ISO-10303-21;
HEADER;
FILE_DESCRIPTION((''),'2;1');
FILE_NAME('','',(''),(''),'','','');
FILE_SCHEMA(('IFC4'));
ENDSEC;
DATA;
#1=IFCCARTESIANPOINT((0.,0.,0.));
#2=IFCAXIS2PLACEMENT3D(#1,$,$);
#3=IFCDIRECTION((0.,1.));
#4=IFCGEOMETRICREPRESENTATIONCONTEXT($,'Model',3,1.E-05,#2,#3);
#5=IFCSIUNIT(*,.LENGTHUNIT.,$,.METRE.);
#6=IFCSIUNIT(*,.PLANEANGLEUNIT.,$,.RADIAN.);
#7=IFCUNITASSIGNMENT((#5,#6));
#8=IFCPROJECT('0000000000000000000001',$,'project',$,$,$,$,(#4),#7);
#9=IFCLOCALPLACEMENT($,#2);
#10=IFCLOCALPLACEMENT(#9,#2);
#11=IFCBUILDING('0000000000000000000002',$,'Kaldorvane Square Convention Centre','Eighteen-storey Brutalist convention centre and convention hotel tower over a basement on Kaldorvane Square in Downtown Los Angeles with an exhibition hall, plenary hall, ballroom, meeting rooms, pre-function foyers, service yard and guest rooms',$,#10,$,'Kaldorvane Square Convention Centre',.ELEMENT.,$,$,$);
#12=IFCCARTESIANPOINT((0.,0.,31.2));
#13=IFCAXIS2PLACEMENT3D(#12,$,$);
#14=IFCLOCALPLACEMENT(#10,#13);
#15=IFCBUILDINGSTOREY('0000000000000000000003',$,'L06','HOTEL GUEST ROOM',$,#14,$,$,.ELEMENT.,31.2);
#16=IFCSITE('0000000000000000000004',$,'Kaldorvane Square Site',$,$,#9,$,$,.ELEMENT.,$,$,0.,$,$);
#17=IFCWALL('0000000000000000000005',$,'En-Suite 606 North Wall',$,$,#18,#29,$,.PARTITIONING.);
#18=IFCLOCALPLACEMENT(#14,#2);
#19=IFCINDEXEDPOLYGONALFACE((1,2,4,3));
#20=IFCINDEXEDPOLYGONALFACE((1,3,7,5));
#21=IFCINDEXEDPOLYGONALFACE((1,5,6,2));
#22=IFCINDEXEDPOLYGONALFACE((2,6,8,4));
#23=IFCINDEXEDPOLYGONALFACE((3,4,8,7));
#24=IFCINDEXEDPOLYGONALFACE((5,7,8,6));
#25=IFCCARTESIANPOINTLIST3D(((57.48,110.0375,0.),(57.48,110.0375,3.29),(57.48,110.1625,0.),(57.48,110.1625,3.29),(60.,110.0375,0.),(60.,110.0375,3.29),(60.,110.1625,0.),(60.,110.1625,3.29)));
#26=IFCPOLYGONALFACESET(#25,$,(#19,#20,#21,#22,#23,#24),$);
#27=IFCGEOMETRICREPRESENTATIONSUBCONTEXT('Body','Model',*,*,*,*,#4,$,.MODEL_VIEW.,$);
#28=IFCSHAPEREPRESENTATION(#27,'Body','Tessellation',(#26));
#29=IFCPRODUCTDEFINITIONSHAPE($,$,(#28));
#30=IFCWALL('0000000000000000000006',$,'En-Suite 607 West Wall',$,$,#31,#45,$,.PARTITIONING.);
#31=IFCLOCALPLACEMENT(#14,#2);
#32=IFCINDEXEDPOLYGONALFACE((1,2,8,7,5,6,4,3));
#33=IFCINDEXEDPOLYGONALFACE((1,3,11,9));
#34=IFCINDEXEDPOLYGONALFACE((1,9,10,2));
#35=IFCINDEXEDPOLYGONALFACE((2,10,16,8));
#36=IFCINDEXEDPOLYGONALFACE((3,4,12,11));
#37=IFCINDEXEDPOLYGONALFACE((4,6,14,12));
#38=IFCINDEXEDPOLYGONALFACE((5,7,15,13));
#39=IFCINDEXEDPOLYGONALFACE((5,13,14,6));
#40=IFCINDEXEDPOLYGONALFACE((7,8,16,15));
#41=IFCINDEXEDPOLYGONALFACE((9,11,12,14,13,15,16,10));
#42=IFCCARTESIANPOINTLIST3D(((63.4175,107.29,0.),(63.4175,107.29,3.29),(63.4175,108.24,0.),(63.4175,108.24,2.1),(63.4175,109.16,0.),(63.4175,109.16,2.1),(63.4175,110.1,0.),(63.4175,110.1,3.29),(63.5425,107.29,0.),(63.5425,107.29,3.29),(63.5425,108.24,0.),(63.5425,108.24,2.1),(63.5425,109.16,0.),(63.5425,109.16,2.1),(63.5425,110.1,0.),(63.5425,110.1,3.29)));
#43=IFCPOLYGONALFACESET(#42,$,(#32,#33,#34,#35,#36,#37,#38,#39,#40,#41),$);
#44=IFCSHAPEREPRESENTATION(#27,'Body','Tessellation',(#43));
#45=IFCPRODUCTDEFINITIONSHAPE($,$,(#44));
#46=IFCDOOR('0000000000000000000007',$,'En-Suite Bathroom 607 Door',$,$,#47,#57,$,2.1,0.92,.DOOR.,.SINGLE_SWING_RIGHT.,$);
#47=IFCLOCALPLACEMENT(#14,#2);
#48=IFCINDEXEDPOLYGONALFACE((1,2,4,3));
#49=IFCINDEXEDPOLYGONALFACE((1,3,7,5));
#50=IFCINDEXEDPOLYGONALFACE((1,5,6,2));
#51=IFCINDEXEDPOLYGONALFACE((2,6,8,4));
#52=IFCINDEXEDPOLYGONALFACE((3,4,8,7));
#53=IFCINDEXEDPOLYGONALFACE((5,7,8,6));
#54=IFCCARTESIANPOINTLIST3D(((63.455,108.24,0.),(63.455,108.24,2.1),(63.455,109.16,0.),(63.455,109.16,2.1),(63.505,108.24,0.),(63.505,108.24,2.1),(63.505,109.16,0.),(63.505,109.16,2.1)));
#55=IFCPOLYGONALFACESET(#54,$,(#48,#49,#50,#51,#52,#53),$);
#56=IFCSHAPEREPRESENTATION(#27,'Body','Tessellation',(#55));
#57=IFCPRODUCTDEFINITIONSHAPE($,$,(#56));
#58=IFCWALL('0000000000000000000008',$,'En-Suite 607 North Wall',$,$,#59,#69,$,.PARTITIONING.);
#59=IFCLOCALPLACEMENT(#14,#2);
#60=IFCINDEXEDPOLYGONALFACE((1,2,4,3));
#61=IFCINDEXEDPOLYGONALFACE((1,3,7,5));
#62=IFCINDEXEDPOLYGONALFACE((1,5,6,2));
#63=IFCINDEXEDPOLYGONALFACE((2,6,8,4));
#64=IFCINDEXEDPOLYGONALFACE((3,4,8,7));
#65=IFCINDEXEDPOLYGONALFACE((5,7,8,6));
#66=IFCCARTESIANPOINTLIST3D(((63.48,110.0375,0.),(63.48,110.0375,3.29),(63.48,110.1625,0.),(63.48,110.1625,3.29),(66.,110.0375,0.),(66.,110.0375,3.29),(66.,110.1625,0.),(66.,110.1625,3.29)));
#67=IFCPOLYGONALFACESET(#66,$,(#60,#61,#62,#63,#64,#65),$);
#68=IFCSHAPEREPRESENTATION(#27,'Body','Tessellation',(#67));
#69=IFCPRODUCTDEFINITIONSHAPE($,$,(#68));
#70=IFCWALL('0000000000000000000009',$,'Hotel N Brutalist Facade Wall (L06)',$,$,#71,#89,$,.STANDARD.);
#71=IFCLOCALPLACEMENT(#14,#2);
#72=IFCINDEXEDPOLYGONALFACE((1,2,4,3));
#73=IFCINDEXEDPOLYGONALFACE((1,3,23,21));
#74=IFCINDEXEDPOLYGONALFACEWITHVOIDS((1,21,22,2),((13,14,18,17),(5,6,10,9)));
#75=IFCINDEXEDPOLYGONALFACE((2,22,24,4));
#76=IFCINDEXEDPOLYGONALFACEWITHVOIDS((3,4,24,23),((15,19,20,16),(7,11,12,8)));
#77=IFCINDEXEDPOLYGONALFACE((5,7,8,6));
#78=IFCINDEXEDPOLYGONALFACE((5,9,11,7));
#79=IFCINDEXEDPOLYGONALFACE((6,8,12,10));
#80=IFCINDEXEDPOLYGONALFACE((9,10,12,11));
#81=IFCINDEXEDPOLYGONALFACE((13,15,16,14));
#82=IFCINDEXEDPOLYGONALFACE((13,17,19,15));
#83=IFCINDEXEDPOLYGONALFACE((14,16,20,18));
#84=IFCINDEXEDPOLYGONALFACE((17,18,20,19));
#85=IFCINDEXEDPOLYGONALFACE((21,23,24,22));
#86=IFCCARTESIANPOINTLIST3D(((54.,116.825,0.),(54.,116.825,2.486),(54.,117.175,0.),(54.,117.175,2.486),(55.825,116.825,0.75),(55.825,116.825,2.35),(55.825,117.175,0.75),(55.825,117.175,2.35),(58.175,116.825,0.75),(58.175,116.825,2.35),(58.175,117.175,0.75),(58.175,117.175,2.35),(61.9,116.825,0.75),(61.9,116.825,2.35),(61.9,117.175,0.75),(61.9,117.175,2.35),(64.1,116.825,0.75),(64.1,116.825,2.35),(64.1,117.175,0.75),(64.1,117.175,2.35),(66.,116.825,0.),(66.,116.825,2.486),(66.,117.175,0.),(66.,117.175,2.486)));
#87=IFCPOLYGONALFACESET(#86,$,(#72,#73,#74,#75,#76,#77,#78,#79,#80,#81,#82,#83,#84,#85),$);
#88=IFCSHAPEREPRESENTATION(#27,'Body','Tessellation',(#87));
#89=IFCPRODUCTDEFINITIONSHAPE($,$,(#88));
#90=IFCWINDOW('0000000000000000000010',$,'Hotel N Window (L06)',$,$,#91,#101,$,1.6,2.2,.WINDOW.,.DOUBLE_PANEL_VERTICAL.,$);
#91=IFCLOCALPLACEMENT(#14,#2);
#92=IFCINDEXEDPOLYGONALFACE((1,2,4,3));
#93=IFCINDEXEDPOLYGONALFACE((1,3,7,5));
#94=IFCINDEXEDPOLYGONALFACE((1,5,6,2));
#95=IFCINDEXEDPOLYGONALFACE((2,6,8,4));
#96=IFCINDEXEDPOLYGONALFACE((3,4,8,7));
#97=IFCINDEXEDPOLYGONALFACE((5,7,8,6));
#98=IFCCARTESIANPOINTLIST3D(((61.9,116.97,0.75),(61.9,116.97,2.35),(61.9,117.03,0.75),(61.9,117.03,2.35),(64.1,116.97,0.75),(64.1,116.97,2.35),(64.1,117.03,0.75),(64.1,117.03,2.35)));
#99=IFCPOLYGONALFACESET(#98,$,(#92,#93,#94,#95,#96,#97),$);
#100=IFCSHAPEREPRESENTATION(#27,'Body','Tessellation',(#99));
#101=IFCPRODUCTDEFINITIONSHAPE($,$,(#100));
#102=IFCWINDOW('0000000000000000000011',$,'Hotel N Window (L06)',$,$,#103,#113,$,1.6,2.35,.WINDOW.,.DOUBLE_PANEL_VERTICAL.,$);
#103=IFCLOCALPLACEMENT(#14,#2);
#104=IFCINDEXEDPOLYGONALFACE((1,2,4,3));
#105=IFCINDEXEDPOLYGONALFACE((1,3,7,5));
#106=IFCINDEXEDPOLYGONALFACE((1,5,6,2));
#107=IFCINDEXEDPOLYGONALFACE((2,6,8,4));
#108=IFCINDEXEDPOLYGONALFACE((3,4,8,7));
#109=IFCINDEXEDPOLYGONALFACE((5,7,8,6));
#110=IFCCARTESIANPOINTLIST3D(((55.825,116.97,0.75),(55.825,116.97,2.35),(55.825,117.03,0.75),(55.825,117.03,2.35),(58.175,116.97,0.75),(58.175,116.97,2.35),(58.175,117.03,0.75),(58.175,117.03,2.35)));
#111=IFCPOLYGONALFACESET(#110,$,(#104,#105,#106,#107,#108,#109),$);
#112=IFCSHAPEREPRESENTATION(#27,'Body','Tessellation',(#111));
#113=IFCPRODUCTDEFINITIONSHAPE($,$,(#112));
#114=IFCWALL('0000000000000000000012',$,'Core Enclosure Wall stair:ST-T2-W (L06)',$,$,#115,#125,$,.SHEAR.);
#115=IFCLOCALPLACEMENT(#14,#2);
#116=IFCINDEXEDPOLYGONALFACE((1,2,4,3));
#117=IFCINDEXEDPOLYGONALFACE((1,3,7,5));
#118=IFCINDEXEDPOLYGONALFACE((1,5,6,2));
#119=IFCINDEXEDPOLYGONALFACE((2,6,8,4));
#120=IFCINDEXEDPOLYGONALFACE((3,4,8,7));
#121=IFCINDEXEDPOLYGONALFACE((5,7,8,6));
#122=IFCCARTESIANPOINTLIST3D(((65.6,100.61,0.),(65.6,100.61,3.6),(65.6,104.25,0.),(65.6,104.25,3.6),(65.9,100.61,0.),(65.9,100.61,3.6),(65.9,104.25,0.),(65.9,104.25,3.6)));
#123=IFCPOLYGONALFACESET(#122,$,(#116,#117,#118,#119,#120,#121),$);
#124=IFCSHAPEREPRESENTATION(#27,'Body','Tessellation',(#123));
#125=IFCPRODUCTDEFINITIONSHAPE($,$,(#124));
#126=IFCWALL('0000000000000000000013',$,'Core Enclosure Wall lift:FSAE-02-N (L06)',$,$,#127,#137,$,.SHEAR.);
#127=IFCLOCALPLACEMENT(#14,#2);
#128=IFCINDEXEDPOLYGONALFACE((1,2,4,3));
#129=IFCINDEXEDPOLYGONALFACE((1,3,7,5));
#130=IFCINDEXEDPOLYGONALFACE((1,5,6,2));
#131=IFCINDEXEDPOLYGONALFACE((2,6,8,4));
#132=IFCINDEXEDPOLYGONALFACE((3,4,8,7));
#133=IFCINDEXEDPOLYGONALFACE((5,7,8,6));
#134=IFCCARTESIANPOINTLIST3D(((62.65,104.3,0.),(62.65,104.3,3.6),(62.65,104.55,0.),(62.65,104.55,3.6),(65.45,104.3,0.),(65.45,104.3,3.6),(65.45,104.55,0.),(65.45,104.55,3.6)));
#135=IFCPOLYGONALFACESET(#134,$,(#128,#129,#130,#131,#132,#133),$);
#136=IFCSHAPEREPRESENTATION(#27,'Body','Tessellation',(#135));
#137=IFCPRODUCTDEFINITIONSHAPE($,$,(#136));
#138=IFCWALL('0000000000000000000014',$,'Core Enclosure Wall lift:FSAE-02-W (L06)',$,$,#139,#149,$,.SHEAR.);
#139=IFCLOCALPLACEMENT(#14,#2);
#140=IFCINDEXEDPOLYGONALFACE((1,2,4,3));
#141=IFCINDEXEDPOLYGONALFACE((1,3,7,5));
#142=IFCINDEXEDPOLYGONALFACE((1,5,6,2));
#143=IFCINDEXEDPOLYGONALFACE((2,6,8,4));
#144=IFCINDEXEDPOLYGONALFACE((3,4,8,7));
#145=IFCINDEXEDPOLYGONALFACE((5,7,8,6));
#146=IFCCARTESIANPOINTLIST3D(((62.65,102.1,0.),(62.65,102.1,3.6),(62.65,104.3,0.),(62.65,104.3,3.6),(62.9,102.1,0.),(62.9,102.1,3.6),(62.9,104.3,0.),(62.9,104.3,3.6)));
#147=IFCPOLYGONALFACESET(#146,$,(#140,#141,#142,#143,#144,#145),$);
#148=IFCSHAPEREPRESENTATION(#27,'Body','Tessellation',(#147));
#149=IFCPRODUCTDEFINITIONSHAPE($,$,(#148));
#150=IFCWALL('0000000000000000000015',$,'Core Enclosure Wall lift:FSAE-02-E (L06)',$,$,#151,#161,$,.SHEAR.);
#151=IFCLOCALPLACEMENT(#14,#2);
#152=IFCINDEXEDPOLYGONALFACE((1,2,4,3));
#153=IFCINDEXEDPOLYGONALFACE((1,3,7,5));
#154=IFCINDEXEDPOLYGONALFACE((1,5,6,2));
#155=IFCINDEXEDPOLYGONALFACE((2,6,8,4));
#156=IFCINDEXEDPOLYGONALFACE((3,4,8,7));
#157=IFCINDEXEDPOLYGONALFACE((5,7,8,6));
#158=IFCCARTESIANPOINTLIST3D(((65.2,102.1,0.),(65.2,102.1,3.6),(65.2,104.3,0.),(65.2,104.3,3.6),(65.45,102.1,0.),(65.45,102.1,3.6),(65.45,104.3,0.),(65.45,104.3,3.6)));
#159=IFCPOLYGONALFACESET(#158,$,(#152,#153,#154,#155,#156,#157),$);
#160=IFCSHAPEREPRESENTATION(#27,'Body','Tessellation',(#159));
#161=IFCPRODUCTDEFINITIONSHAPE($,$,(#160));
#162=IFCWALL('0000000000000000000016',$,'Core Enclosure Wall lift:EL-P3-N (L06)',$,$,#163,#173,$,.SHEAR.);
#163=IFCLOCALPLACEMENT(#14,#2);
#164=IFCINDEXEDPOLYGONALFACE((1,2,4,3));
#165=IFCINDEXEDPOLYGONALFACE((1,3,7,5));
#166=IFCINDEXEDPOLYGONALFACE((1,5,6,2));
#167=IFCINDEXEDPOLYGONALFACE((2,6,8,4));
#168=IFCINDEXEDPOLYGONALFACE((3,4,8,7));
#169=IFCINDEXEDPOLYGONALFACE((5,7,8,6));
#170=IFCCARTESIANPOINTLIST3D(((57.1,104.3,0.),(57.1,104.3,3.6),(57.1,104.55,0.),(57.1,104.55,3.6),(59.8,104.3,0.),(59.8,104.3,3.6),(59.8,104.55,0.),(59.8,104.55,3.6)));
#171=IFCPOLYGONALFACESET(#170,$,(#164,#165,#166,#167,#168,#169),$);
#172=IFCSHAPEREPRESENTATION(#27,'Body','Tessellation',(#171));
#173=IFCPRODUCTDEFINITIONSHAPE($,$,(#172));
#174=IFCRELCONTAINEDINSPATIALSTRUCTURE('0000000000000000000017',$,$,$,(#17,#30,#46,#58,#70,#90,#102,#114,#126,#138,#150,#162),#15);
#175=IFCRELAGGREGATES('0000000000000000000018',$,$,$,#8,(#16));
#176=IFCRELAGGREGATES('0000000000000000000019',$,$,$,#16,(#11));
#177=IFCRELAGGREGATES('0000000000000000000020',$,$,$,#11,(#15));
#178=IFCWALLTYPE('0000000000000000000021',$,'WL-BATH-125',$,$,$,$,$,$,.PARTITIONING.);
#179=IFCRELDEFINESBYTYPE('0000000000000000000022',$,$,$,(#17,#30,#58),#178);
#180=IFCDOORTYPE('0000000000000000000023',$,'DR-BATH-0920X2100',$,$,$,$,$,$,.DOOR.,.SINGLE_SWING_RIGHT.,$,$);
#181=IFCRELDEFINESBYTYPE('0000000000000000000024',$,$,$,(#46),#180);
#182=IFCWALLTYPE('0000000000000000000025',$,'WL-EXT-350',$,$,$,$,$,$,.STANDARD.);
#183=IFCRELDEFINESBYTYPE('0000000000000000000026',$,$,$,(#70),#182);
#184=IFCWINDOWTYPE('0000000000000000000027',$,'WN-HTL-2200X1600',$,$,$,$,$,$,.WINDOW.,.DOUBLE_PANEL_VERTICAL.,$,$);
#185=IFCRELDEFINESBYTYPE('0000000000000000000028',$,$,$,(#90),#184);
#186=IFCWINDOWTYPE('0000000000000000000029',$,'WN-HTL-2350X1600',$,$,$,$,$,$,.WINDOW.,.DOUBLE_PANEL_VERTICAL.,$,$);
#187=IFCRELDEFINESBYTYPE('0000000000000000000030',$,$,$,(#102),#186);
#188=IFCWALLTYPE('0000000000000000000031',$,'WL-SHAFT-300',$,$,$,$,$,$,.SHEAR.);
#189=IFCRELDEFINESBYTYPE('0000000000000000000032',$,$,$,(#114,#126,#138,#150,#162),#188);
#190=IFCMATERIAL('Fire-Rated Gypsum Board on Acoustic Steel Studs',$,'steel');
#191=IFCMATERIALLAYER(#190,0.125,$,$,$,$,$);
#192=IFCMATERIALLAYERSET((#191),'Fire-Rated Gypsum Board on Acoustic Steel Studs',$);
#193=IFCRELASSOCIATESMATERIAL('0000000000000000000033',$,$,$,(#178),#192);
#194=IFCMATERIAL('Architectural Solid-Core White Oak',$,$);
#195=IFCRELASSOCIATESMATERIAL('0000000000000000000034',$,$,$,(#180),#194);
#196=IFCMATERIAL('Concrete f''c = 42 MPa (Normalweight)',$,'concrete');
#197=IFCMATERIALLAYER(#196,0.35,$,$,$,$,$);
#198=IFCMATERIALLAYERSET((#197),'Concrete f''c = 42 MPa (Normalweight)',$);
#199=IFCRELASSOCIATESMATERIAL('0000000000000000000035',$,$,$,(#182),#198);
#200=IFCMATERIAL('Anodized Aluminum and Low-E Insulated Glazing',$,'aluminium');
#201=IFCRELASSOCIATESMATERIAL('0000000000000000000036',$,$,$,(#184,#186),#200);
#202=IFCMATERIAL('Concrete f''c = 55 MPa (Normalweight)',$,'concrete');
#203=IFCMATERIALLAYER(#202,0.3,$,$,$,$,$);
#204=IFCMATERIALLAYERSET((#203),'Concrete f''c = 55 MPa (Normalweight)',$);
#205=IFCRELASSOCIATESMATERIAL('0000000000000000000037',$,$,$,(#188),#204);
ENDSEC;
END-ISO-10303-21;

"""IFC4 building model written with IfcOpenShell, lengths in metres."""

from ifc_helpers import new_model, si_unit, direction, frame, frame_2d, origin, place, context, subcontext, project, spatial, rectangle, extrude, material, layer, layer_set, type_object, element, fill, save


model = new_model("IFC4")

# Units and contexts
model_context = context("Model", 3, precision=1e-05, world=origin(), true_north=direction((0.0, 1.0)))
body_context = subcontext(model_context, "Body", "Model", "MODEL_VIEW")
ifc_project = project(units=[si_unit("LENGTHUNIT", "METRE"), si_unit("PLANEANGLEUNIT", "RADIAN")], contexts=[model_context])

# Site, building, storey
site_placement = place(None, origin())
site = spatial("IfcSite", under=ifc_project, at=site_placement, Name="Kaldorvane Square Site", CompositionType="ELEMENT", RefElevation=0.0)
building_placement = place(site_placement, origin())
building = spatial("IfcBuilding", under=site, at=building_placement, Name="Kaldorvane Square Convention Centre", Description="Eighteen-storey Brutalist convention centre and convention hotel tower over a basement on Kaldorvane Square in Downtown Los Angeles with an exhibition hall, plenary hall, ballroom, meeting rooms, pre-function foyers, service yard and guest rooms", LongName="Kaldorvane Square Convention Centre", CompositionType="ELEMENT")
storey_placement = place(building_placement, frame((0.0, 0.0, 31.2)))
storey = spatial("IfcBuildingStorey", under=building, at=storey_placement, Name="L06", Description="HOTEL GUEST ROOM", CompositionType="ELEMENT", Elevation=31.2)

# Shared definitions
ifc_material_1 = material(Name="Concrete f'c = 55 MPa (Normalweight)", Category="concrete")

# Shared definitions
ifc_material_2 = material(Name="Concrete f'c = 42 MPa (Normalweight)", Category="concrete")

# Wall
ifc_material_3 = material(Name="Fire-Rated Gypsum Board on Acoustic Steel Studs", Category="steel")
ifc_layer_1 = layer(ifc_material_3, 0.125)
ifc_layer_set_1 = layer_set([ifc_layer_1], Name="Fire-Rated Gypsum Board on Acoustic Steel Studs")
wall_type_1 = type_object("IfcWallType", Name="WL-BATH-125", PredefinedType="PARTITIONING", material=ifc_layer_set_1)
wall_1_placement = place(storey_placement, frame((57.48, 110.1, 0.0), z_axis=(0.0, 0.0, 1.0), x_axis=(1.0, 0.0, 0.0)))
element("IfcWall", 1, at=wall_1_placement, inside=storey, type_object=wall_type_1, Name="En-Suite 606 North Wall", PredefinedType="PARTITIONING", context=body_context, shape_type="SweptSolid", body=[
    extrude(rectangle(XDim=2.52, YDim=0.125, at=frame_2d((1.26, 0.0))), origin(), (0.0, 0.0, 1.0), 3.29),
])

# Wall, opening, door
wall_2_placement = place(storey_placement, frame((63.48, 107.29, 0.0), z_axis=(0.0, 0.0, 1.0), x_axis=(0.0, 1.0, 0.0)))
wall_2 = element("IfcWall", 2, at=wall_2_placement, inside=storey, type_object=wall_type_1, Name="En-Suite 607 West Wall", PredefinedType="PARTITIONING", context=body_context, shape_type="SweptSolid", body=[
    extrude(rectangle(XDim=2.81, YDim=0.125, at=frame_2d((1.405, 0.0))), origin(), (0.0, 0.0, 1.0), 3.29),
])
opening_1_placement = place(wall_2_placement, frame((0.95, 0.0, 0.0)))
opening_1 = element("IfcOpeningElement", 3, at=opening_1_placement, cuts=wall_2, PredefinedType="OPENING", context=body_context, shape_type="SweptSolid", body=[
    extrude(rectangle(XDim=0.92, YDim=2.1, at=frame_2d((0.46, 1.05))), frame((0.0, 0.0775, 0.0), z_axis=(0.0, -1.0, 0.0), x_axis=(1.0, 0.0, 0.0)), (0.0, 0.0, 1.0), 0.155),
])
ifc_material_4 = material(Name="Architectural Solid-Core White Oak")
door_type_1 = type_object("IfcDoorType", Name="DR-BATH-0920X2100", OperationType="SINGLE_SWING_RIGHT", PredefinedType="DOOR", material=ifc_material_4)
door_1_placement = place(opening_1_placement, origin())
door_1 = element("IfcDoor", 4, at=door_1_placement, inside=storey, type_object=door_type_1, Name="En-Suite Bathroom 607 Door", OperationType="SINGLE_SWING_RIGHT", OverallHeight=2.1, OverallWidth=0.92, PredefinedType="DOOR", context=body_context, shape_type="SweptSolid", body=[
    extrude(rectangle(XDim=0.92, YDim=2.1, at=frame_2d((0.46, 1.05))), frame((0.0, 0.025, 0.0), z_axis=(0.0, -1.0, 0.0), x_axis=(1.0, 0.0, 0.0)), (0.0, 0.0, 1.0), 0.05),
])
fill(opening_1, door_1)

# Wall
wall_3_placement = place(storey_placement, frame((63.48, 110.1, 0.0), z_axis=(0.0, 0.0, 1.0), x_axis=(1.0, 0.0, 0.0)))
element("IfcWall", 5, at=wall_3_placement, inside=storey, type_object=wall_type_1, Name="En-Suite 607 North Wall", PredefinedType="PARTITIONING", context=body_context, shape_type="SweptSolid", body=[
    extrude(rectangle(XDim=2.52, YDim=0.125, at=frame_2d((1.26, 0.0))), origin(), (0.0, 0.0, 1.0), 3.29),
])

# Wall, openings, windows
ifc_layer_2 = layer(ifc_material_2, 0.35)
ifc_layer_set_2 = layer_set([ifc_layer_2], Name="Concrete f'c = 42 MPa (Normalweight)")
wall_type_2 = type_object("IfcWallType", Name="WL-EXT-350", PredefinedType="STANDARD", material=ifc_layer_set_2)
wall_4_placement = place(storey_placement, frame((66.0, 117.0, 0.0), z_axis=(0.0, 0.0, 1.0), x_axis=(-1.0, 0.0, 0.0)))
wall_4 = element("IfcWall", 6, at=wall_4_placement, inside=storey, type_object=wall_type_2, Name="Hotel N Brutalist Facade Wall (L06)", PredefinedType="STANDARD", context=body_context, shape_type="SweptSolid", body=[
    extrude(rectangle(XDim=12.0, YDim=0.35, at=frame_2d((6.0, 0.0))), origin(), (0.0, 0.0, 1.0), 2.486),
])
opening_2_placement = place(wall_4_placement, frame((1.9, 0.0, 0.75)))
opening_2 = element("IfcOpeningElement", 7, at=opening_2_placement, cuts=wall_4, PredefinedType="OPENING", context=body_context, shape_type="SweptSolid", body=[
    extrude(rectangle(XDim=2.2, YDim=1.6, at=frame_2d((1.1, 0.8))), frame((0.0, 0.19, 0.0), z_axis=(0.0, -1.0, 0.0), x_axis=(1.0, 0.0, 0.0)), (0.0, 0.0, 1.0), 0.38),
])
opening_3_placement = place(wall_4_placement, frame((7.825, 0.0, 0.75)))
opening_3 = element("IfcOpeningElement", 8, at=opening_3_placement, cuts=wall_4, PredefinedType="OPENING", context=body_context, shape_type="SweptSolid", body=[
    extrude(rectangle(XDim=2.35, YDim=1.6, at=frame_2d((1.175, 0.8))), frame((0.0, 0.19, 0.0), z_axis=(0.0, -1.0, 0.0), x_axis=(1.0, 0.0, 0.0)), (0.0, 0.0, 1.0), 0.38),
])
ifc_material_5 = material(Name="Anodized Aluminum and Low-E Insulated Glazing", Category="aluminium")
window_type_1 = type_object("IfcWindowType", Name="WN-HTL-2200X1600", PartitioningType="DOUBLE_PANEL_VERTICAL", PredefinedType="WINDOW", material=ifc_material_5)
window_1_placement = place(opening_2_placement, origin())
window_1 = element("IfcWindow", 9, at=window_1_placement, inside=storey, type_object=window_type_1, Name="Hotel N Window (L06)", OverallHeight=1.6, OverallWidth=2.2, PartitioningType="DOUBLE_PANEL_VERTICAL", PredefinedType="WINDOW", context=body_context, shape_type="SweptSolid", body=[
    extrude(rectangle(XDim=2.2, YDim=1.6, at=frame_2d((1.1, 0.8))), frame((0.0, 0.03, 0.0), z_axis=(0.0, -1.0, 0.0), x_axis=(1.0, 0.0, 0.0)), (0.0, 0.0, 1.0), 0.06),
])
fill(opening_2, window_1)
window_type_2 = type_object("IfcWindowType", Name="WN-HTL-2350X1600", PartitioningType="DOUBLE_PANEL_VERTICAL", PredefinedType="WINDOW", material=ifc_material_5)
window_2_placement = place(opening_3_placement, origin())
window_2 = element("IfcWindow", 10, at=window_2_placement, inside=storey, type_object=window_type_2, Name="Hotel N Window (L06)", OverallHeight=1.6, OverallWidth=2.35, PartitioningType="DOUBLE_PANEL_VERTICAL", PredefinedType="WINDOW", context=body_context, shape_type="SweptSolid", body=[
    extrude(rectangle(XDim=2.35, YDim=1.6, at=frame_2d((1.175, 0.8))), frame((0.0, 0.03, 0.0), z_axis=(0.0, -1.0, 0.0), x_axis=(1.0, 0.0, 0.0)), (0.0, 0.0, 1.0), 0.06),
])
fill(opening_3, window_2)

# Walls
ifc_layer_3 = layer(ifc_material_1, 0.3)
ifc_layer_set_3 = layer_set([ifc_layer_3], Name="Concrete f'c = 55 MPa (Normalweight)")
wall_type_3 = type_object("IfcWallType", Name="WL-SHAFT-300", PredefinedType="SHEAR", material=ifc_layer_set_3)
wall_5_placement = place(storey_placement, frame((65.75, 104.25, 0.0), z_axis=(0.0, 0.0, 1.0), x_axis=(0.0, -1.0, 0.0)))
element("IfcWall", 11, at=wall_5_placement, inside=storey, type_object=wall_type_3, Name="Core Enclosure Wall stair:ST-T2-W (L06)", PredefinedType="SHEAR", context=body_context, shape_type="SweptSolid", body=[
    extrude(rectangle(XDim=3.64, YDim=0.3, at=frame_2d((1.82, 0.0))), origin(), (0.0, 0.0, 1.0), 3.6),
])
wall_6_placement = place(storey_placement, frame((65.45, 104.425, 0.0), z_axis=(0.0, 0.0, 1.0), x_axis=(-1.0, 0.0, 0.0)))
element("IfcWall", 12, at=wall_6_placement, inside=storey, type_object=wall_type_3, Name="Core Enclosure Wall lift:FSAE-02-N (L06)", PredefinedType="SHEAR", context=body_context, shape_type="SweptSolid", body=[
    extrude(rectangle(XDim=2.8, YDim=0.25, at=frame_2d((1.4, 0.0))), origin(), (0.0, 0.0, 1.0), 3.6),
])
for number, where, z_axis, x_axis, name in (
    (13, (62.775, 104.3, 0.0), (0.0, 0.0, 1.0), (0.0, -1.0, 0.0), "Core Enclosure Wall lift:FSAE-02-W (L06)"),
    (14, (65.325, 102.1, 0.0), (0.0, 0.0, 1.0), (0.0, 1.0, 0.0), "Core Enclosure Wall lift:FSAE-02-E (L06)"),
):
    element("IfcWall", number, at=place(storey_placement, frame(where, z_axis=z_axis, x_axis=x_axis)), inside=storey, type_object=wall_type_3, Name=name, PredefinedType="SHEAR", context=body_context, shape_type="SweptSolid", body=[
        extrude(rectangle(XDim=2.2, YDim=0.25, at=frame_2d((1.1, 0.0))), origin(), (0.0, 0.0, 1.0), 3.6),
    ])
wall_7_placement = place(storey_placement, frame((59.8, 104.425, 0.0), z_axis=(0.0, 0.0, 1.0), x_axis=(-1.0, 0.0, 0.0)))
element("IfcWall", 15, at=wall_7_placement, inside=storey, type_object=wall_type_3, Name="Core Enclosure Wall lift:EL-P3-N (L06)", PredefinedType="SHEAR", context=body_context, shape_type="SweptSolid", body=[
    extrude(rectangle(XDim=2.7, YDim=0.25, at=frame_2d((1.35, 0.0))), origin(), (0.0, 0.0, 1.0), 3.6),
])

save(model, "model.ifc")
